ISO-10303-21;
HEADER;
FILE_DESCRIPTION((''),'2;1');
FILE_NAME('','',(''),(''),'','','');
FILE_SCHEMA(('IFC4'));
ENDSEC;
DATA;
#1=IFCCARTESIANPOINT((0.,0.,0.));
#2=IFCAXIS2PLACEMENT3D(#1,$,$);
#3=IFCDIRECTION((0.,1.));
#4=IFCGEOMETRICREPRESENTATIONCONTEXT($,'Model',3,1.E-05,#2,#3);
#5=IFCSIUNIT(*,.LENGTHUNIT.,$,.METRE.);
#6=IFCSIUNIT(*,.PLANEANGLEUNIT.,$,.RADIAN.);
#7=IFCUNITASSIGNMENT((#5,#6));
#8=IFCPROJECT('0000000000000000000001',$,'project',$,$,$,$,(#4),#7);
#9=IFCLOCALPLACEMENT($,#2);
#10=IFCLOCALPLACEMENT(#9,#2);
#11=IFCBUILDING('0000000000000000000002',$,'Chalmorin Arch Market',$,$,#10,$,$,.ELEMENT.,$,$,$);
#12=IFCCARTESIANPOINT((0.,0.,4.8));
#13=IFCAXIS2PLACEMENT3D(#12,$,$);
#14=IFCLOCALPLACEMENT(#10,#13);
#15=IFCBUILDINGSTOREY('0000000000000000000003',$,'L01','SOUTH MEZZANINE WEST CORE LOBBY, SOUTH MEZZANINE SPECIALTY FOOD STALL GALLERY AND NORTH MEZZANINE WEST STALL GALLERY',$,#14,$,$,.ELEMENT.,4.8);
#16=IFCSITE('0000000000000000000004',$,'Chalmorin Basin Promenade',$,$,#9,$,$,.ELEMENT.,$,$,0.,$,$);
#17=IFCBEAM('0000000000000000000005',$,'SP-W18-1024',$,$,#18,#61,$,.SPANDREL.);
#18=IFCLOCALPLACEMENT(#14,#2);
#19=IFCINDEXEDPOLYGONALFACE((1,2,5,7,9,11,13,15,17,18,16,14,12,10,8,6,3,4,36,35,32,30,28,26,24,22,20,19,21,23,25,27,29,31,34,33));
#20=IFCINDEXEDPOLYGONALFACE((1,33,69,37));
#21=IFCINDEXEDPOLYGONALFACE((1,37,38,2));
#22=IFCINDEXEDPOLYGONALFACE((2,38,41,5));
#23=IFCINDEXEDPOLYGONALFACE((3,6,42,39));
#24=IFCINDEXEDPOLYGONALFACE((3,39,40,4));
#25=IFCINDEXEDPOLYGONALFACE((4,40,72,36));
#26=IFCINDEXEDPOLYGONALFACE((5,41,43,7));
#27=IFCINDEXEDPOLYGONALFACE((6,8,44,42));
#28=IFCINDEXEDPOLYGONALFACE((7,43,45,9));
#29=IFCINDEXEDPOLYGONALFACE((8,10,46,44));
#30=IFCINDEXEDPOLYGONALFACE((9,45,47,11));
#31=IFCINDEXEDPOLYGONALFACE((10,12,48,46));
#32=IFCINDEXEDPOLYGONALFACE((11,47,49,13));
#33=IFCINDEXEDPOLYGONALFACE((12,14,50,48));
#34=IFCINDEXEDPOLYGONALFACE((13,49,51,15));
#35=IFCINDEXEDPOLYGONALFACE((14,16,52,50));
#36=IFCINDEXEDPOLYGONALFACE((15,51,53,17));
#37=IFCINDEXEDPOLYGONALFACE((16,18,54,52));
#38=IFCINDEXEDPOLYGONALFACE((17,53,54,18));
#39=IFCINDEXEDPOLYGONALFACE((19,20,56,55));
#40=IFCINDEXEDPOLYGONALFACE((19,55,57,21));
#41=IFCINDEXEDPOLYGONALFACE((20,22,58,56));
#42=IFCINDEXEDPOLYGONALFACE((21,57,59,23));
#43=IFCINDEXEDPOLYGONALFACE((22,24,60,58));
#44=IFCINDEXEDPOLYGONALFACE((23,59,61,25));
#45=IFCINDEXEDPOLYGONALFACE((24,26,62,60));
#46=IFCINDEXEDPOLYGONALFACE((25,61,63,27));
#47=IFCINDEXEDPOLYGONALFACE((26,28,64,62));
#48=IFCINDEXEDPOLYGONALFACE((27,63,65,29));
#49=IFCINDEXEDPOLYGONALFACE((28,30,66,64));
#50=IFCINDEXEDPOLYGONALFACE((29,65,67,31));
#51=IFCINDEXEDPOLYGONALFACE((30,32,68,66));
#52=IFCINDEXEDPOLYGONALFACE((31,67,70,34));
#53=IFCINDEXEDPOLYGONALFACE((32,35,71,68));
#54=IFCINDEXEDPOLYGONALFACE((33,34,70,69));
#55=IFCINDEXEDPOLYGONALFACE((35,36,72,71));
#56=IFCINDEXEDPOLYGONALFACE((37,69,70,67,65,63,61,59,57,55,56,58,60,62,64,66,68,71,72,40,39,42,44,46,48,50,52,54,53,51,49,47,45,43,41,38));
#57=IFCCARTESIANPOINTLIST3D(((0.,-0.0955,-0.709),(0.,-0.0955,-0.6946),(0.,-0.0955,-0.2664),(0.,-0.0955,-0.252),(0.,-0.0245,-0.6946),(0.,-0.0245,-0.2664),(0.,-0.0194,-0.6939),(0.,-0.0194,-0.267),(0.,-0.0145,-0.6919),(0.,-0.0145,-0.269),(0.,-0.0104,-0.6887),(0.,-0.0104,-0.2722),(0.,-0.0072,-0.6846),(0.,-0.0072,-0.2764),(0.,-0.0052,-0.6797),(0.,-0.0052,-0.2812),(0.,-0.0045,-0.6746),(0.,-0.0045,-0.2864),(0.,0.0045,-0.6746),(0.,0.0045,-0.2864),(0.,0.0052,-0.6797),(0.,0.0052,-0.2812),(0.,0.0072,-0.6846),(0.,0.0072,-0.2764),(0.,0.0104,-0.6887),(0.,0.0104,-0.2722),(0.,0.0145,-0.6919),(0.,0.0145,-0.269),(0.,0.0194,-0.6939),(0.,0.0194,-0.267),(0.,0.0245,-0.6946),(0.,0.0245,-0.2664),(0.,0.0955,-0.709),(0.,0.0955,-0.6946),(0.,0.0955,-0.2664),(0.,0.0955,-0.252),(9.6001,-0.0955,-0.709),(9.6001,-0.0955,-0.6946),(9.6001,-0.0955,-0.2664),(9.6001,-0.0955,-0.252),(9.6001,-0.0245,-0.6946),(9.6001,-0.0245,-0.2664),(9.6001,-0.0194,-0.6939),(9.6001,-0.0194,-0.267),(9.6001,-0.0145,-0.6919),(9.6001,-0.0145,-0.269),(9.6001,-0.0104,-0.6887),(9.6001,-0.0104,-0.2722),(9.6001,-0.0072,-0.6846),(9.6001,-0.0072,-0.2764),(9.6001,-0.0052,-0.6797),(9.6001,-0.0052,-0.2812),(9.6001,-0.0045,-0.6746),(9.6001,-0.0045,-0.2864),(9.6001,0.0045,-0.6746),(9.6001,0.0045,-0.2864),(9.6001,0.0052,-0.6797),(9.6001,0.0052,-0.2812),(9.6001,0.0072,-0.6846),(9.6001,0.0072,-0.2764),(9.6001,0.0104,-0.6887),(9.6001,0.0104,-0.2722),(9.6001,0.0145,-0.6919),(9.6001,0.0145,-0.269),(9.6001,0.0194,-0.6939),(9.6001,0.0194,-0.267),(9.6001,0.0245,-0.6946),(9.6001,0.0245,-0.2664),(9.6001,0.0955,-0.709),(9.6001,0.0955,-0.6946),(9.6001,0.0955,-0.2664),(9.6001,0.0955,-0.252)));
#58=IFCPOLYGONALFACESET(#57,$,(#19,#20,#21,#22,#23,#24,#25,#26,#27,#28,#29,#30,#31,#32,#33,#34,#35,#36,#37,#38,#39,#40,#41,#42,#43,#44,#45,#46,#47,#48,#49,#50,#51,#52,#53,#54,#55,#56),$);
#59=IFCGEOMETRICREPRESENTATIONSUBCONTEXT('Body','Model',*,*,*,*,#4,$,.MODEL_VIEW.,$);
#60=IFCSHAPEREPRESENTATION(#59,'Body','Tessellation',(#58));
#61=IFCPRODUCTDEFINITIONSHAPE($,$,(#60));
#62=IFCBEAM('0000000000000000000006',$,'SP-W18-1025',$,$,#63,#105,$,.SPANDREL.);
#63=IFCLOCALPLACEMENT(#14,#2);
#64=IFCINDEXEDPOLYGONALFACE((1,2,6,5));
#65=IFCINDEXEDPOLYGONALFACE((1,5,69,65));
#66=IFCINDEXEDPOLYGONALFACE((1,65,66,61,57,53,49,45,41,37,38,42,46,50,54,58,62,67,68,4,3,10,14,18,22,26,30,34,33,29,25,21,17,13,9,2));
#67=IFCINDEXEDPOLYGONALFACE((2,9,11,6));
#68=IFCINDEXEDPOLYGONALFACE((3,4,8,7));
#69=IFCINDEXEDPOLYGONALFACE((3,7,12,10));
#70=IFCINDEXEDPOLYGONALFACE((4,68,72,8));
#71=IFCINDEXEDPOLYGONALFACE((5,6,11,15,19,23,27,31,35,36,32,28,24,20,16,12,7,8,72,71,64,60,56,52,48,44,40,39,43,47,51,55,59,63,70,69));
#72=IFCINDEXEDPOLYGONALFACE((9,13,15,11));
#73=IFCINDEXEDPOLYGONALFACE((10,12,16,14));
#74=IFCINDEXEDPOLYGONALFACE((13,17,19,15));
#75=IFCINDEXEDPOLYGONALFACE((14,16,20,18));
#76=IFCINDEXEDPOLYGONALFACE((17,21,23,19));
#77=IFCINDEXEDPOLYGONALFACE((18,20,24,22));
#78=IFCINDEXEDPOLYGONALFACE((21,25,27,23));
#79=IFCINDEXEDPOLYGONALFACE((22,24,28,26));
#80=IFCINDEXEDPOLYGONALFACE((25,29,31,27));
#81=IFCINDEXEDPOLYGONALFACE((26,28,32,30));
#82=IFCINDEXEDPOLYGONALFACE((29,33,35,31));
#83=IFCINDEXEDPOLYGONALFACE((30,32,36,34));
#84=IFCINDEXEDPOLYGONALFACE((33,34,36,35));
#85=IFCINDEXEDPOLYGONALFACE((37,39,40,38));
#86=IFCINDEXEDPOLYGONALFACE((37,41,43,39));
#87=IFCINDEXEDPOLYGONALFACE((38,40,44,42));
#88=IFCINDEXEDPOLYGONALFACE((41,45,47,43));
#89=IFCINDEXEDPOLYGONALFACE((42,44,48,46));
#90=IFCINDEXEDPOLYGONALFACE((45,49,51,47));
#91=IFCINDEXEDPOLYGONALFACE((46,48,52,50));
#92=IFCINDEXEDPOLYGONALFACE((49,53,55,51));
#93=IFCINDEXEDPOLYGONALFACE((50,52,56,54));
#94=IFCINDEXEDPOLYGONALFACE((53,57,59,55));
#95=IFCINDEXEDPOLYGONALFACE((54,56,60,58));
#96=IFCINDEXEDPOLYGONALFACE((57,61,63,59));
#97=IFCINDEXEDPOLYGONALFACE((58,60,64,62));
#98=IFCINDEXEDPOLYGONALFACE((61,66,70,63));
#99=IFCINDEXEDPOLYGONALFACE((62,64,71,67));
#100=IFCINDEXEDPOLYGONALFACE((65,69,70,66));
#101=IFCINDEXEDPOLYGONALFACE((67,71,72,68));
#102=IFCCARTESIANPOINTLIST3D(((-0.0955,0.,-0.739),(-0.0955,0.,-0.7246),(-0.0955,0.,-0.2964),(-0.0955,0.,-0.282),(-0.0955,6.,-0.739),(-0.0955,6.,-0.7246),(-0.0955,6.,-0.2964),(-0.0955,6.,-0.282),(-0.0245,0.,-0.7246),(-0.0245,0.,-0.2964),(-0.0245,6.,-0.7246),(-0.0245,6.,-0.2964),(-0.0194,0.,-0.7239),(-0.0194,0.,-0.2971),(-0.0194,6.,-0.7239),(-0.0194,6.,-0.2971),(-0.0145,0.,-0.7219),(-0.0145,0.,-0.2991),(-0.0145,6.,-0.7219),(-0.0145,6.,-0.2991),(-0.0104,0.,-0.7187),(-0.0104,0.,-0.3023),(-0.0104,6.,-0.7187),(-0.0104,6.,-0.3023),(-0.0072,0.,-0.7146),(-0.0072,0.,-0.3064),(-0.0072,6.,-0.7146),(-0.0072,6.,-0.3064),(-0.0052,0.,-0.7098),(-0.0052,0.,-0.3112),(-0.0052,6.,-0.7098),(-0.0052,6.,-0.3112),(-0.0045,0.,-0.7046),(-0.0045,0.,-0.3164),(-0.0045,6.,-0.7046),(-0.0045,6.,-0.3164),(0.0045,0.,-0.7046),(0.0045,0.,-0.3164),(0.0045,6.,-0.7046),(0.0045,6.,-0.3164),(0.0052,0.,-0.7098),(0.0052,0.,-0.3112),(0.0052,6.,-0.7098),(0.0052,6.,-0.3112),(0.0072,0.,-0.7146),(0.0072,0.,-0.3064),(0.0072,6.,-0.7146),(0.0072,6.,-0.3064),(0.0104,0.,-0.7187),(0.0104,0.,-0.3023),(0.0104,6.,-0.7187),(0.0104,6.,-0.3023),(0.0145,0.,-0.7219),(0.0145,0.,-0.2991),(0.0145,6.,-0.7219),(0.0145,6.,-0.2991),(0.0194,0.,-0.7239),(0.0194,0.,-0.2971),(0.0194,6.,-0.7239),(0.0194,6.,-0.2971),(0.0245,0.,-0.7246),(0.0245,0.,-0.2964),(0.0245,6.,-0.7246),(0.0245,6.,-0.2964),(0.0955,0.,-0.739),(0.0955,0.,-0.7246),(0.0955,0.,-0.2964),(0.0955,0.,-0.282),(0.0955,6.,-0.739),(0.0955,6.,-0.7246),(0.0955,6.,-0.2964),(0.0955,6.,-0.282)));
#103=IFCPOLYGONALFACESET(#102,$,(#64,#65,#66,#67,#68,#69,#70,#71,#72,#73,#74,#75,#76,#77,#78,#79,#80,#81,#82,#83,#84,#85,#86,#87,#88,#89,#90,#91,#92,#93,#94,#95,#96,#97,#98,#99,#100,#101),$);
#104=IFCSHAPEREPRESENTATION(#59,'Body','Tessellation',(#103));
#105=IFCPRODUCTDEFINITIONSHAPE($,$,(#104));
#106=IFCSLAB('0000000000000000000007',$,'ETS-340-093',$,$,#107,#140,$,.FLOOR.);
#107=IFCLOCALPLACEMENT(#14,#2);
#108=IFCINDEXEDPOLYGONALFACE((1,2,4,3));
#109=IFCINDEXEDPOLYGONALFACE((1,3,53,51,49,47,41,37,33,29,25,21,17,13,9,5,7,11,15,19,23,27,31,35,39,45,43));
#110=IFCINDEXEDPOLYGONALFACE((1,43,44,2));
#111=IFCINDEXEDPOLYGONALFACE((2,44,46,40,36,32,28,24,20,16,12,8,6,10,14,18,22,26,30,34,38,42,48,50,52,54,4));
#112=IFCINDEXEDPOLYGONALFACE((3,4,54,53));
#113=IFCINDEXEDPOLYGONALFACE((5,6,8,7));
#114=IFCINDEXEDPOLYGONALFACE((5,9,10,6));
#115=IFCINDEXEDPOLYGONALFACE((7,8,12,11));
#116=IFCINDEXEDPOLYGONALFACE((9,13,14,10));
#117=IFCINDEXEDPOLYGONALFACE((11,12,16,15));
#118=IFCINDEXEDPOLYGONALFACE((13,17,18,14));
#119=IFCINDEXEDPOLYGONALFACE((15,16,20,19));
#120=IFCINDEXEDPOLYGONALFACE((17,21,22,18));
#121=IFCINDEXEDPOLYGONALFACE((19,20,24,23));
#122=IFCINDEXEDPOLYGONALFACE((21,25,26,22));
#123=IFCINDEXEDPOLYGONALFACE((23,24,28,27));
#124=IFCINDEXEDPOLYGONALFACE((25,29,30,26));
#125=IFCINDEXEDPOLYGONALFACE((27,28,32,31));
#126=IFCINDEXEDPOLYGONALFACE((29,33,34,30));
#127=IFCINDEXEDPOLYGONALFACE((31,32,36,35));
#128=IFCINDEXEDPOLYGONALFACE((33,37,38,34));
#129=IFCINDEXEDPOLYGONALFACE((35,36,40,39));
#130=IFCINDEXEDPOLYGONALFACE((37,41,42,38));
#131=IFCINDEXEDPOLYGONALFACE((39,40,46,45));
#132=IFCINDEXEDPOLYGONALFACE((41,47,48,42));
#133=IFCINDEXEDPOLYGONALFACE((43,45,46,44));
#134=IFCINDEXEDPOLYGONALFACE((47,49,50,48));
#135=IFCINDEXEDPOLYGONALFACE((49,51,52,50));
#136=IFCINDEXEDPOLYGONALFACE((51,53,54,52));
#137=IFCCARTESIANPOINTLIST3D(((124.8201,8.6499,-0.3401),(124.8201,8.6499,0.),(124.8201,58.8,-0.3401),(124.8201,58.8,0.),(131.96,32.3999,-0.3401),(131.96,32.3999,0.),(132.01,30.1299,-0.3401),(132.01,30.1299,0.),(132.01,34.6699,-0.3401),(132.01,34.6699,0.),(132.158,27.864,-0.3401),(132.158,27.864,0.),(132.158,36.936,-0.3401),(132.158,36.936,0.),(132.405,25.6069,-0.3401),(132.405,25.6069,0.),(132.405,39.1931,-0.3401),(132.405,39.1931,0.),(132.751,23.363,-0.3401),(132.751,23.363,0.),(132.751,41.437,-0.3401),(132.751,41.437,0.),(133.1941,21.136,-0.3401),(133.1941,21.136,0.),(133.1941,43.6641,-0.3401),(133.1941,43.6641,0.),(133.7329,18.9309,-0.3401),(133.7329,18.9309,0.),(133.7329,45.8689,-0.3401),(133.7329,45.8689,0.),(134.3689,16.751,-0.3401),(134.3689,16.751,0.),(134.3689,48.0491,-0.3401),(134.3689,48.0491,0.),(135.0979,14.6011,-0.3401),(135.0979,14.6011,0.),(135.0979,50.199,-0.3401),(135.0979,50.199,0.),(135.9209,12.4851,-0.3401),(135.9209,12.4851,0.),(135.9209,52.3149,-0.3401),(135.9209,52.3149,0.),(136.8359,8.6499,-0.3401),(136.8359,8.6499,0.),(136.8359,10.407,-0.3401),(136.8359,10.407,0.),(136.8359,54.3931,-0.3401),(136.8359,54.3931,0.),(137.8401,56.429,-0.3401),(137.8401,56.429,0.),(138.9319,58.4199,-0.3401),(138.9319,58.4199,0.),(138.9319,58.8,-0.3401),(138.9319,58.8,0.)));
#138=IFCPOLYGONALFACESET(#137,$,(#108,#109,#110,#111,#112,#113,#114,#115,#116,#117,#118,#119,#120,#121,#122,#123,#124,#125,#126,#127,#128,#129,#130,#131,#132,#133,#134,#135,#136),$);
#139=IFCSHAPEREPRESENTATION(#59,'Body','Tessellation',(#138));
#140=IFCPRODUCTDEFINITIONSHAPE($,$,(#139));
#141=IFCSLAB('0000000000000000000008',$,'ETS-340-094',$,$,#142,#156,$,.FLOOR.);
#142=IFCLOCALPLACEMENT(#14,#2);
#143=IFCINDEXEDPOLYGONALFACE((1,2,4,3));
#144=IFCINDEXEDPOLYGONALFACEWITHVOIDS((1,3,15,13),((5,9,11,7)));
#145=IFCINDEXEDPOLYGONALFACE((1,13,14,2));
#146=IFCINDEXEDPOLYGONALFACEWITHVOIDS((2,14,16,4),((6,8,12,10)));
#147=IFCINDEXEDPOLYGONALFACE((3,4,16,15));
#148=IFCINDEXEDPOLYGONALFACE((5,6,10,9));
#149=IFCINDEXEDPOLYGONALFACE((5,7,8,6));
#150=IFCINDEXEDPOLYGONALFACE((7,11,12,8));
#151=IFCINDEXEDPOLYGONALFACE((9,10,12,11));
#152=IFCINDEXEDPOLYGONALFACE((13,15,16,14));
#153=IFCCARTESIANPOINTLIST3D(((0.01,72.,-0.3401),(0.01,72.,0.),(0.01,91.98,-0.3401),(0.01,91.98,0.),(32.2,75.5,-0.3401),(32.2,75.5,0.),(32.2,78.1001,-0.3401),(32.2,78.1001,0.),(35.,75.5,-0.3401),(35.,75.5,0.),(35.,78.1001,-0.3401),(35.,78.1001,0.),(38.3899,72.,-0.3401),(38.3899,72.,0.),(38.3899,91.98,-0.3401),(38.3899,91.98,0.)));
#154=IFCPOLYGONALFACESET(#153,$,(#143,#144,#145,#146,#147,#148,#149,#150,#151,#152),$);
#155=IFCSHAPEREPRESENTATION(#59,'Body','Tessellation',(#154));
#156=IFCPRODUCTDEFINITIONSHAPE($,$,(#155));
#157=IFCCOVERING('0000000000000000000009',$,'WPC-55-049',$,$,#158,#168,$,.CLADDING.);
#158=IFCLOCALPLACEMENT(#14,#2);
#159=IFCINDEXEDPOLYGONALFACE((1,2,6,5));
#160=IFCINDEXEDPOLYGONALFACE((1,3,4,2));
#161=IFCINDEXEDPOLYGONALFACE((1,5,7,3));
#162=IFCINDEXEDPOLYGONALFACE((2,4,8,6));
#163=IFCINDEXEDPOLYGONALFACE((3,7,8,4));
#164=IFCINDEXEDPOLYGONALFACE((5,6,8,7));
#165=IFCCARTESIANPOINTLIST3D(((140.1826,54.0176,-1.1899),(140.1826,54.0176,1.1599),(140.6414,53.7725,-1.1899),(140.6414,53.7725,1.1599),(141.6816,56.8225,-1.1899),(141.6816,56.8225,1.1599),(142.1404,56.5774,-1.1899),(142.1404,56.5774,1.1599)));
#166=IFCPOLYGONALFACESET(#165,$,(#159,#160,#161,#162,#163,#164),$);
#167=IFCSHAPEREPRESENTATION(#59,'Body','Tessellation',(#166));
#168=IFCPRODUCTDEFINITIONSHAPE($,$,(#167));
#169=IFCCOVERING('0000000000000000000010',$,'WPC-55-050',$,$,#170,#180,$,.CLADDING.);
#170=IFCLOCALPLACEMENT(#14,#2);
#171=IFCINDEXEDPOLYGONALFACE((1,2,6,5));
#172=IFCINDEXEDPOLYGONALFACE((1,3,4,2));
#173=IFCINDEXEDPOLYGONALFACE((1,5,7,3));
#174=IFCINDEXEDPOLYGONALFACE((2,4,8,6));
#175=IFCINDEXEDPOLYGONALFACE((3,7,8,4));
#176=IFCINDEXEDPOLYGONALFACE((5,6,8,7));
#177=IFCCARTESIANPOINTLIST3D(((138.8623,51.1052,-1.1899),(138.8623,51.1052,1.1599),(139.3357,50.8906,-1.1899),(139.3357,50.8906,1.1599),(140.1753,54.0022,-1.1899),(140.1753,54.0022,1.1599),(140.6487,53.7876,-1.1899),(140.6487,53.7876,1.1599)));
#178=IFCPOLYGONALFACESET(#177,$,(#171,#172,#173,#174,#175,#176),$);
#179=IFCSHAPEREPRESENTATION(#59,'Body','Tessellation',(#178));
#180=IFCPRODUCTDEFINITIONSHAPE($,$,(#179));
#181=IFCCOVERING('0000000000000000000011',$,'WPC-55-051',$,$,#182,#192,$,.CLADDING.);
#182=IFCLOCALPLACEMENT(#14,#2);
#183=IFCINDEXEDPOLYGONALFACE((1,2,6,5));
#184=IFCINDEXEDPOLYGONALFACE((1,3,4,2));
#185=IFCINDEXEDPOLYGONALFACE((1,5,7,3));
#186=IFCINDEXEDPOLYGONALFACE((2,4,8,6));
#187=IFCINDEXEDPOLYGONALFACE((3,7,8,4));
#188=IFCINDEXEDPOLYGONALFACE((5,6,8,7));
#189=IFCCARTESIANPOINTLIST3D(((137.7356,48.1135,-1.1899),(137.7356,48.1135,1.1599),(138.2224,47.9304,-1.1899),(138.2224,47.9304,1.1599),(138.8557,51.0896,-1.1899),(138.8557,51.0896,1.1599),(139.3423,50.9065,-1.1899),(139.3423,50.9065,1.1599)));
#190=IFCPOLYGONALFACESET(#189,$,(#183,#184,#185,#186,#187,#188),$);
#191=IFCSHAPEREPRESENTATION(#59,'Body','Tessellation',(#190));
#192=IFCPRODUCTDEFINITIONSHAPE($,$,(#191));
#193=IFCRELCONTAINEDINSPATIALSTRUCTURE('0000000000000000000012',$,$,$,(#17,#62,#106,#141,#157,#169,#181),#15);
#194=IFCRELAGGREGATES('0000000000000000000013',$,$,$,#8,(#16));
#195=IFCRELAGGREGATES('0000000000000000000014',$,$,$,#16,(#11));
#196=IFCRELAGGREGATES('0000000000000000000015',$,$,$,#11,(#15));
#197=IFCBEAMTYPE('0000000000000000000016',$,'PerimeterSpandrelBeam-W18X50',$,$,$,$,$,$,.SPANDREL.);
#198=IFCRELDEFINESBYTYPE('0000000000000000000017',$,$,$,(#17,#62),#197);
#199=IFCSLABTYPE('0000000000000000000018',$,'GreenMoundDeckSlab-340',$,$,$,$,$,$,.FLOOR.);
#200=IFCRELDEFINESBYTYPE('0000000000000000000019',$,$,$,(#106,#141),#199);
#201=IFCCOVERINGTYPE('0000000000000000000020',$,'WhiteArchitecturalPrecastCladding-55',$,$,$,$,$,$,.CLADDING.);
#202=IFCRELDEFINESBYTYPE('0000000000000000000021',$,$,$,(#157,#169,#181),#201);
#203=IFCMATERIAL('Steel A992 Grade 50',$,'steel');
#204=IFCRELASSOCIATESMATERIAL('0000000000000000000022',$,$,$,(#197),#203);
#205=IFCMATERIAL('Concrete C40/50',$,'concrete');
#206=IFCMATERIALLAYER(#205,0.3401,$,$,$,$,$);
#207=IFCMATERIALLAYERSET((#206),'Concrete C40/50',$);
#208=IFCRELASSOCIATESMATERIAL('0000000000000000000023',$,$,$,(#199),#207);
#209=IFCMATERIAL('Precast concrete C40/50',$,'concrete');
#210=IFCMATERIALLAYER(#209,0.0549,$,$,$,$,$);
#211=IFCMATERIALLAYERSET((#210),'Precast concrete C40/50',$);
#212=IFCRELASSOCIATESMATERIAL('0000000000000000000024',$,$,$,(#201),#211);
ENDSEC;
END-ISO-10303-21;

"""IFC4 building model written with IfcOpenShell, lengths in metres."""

from ifc_helpers import new_model, si_unit, direction, frame, origin, origin_2d, place, context, subcontext, project, spatial, polyline, i_section, outline, extrude, material, layer, layer_set, material_profile, profile_set, type_object, element, save


model = new_model("IFC4")

# Units and contexts
model_context = context("Model", 3, precision=1e-05, world=origin(), true_north=direction((0.0, 1.0)))
body_context = subcontext(model_context, "Body", "Model", "MODEL_VIEW")
ifc_project = project(units=[si_unit("LENGTHUNIT", "METRE"), si_unit("PLANEANGLEUNIT", "RADIAN")], contexts=[model_context])

# Site, building, storey
site_placement = place(None, origin())
site = spatial("IfcSite", under=ifc_project, at=site_placement, Name="Chalmorin Basin Promenade", CompositionType="ELEMENT", RefElevation=0.0)
building_placement = place(site_placement, origin())
building = spatial("IfcBuilding", under=site, at=building_placement, Name="Chalmorin Arch Market", CompositionType="ELEMENT")
storey_placement = place(building_placement, frame((0.0, 0.0, 4.8)))
storey = spatial("IfcBuildingStorey", under=building, at=storey_placement, Name="L01", Description="SOUTH MEZZANINE WEST CORE LOBBY, SOUTH MEZZANINE SPECIALTY FOOD STALL GALLERY AND NORTH MEZZANINE WEST STALL GALLERY", CompositionType="ELEMENT", Elevation=4.8)

# Beams
ifc_material_1 = material(Name="Steel A992 Grade 50", Category="steel")
ifc_material_profile = material_profile(ifc_material_1, i_section(OverallWidth=0.1909, OverallDepth=0.457, WebThickness=0.009, FlangeThickness=0.0144, FilletRadius=0.02, at=origin_2d()), Name="W18X50")
ifc_profile_set = profile_set([ifc_material_profile], Name="Steel A992 Grade 50")
beam_type = type_object("IfcBeamType", Name="PerimeterSpandrelBeam-W18X50", PredefinedType="SPANDREL", material=ifc_profile_set)
beam_1_placement = place(storey_placement, frame((0.0, 0.0, -0.4805), z_axis=(1.0, 0.0, 0.0), x_axis=(0.0, 1.0, 0.0)))
element("IfcBeam", 1, at=beam_1_placement, inside=storey, type_object=beam_type, Name="SP-W18-1024", PredefinedType="SPANDREL", context=body_context, shape_type="SweptSolid", body=[
    extrude(i_section(OverallWidth=0.1909, OverallDepth=0.457, WebThickness=0.009, FlangeThickness=0.0144, FilletRadius=0.02, at=origin_2d()), origin(), (0.0, 0.0, 1.0), 9.6001),
])
beam_2_placement = place(storey_placement, frame((0.0, 0.0, -0.5105), z_axis=(0.0, 1.0, 0.0), x_axis=(-1.0, 0.0, 0.0)))
element("IfcBeam", 2, at=beam_2_placement, inside=storey, type_object=beam_type, Name="SP-W18-1025", PredefinedType="SPANDREL", context=body_context, shape_type="SweptSolid", body=[
    extrude(i_section(OverallWidth=0.1909, OverallDepth=0.457, WebThickness=0.009, FlangeThickness=0.0144, FilletRadius=0.02, at=origin_2d()), origin(), (0.0, 0.0, 1.0), 6.0),
])

# Slabs
ifc_material_2 = material(Name="Concrete C40/50", Category="concrete")
ifc_layer_1 = layer(ifc_material_2, 0.3401)
ifc_layer_set_1 = layer_set([ifc_layer_1], Name="Concrete C40/50")
slab_type = type_object("IfcSlabType", Name="GreenMoundDeckSlab-340", PredefinedType="FLOOR", material=ifc_layer_set_1)
slab_1_placement = place(storey_placement, frame((0.0, 0.0, -0.3401)))
element("IfcSlab", 3, at=slab_1_placement, inside=storey, type_object=slab_type, Name="ETS-340-093", PredefinedType="FLOOR", context=body_context, shape_type="SweptSolid", body=[
    extrude(outline(polyline([(124.8201, 58.8), (138.9319, 58.8), (138.9319, 58.4199), (137.8401, 56.429), (136.8359, 54.3931), (135.9209, 52.3149), (135.0979, 50.199), (134.3689, 48.0491), (133.7329, 45.8689), (133.1941, 43.6641), (132.751, 41.437), (132.405, 39.1931), (132.158, 36.936), (132.01, 34.6699), (131.96, 32.3999), (132.01, 30.1299), (132.158, 27.864), (132.405, 25.6069), (132.751, 23.363), (133.1941, 21.136), (133.7329, 18.9309), (134.3689, 16.751), (135.0979, 14.6011), (135.9209, 12.4851), (136.8359, 10.407), (136.8359, 8.6499), (124.8201, 8.6499), (124.8201, 58.8)])), origin(), (0.0, 0.0, 1.0), 0.3401),
])
slab_2_placement = place(storey_placement, frame((0.0, 0.0, -0.3401)))
element("IfcSlab", 4, at=slab_2_placement, inside=storey, type_object=slab_type, Name="ETS-340-094", PredefinedType="FLOOR", context=body_context, shape_type="SweptSolid", body=[
    extrude(outline(polyline([(0.01, 72.0), (38.3899, 72.0), (38.3899, 91.98), (0.01, 91.98), (0.01, 72.0)]), holes=[polyline([(32.2, 75.5), (35.0, 75.5), (35.0, 78.1001), (32.2, 78.1001), (32.2, 75.5)])]), origin(), (0.0, 0.0, 1.0), 0.3401),
])

# Coverings
ifc_material_3 = material(Name="Precast concrete C40/50", Category="concrete")
ifc_layer_2 = layer(ifc_material_3, 0.0549)
ifc_layer_set_2 = layer_set([ifc_layer_2], Name="Precast concrete C40/50")
covering_type = type_object("IfcCoveringType", Name="WhiteArchitecturalPrecastCladding-55", PredefinedType="CLADDING", material=ifc_layer_set_2)
covering_1_placement = place(storey_placement, frame((0.0, 0.0, -1.1899)))
element("IfcCovering", 5, at=covering_1_placement, inside=storey, type_object=covering_type, Name="WPC-55-049", PredefinedType="CLADDING", context=body_context, shape_type="SweptSolid", body=[
    extrude(outline(polyline([(141.6816, 56.8225), (140.1826, 54.0176), (140.6414, 53.7725), (142.1404, 56.5774), (141.6816, 56.8225)])), origin(), (0.0, 0.0, 1.0), 2.3499),
])
covering_2_placement = place(storey_placement, frame((0.0, 0.0, -1.1899)))
element("IfcCovering", 6, at=covering_2_placement, inside=storey, type_object=covering_type, Name="WPC-55-050", PredefinedType="CLADDING", context=body_context, shape_type="SweptSolid", body=[
    extrude(outline(polyline([(140.1753, 54.0022), (138.8623, 51.1052), (139.3357, 50.8906), (140.6487, 53.7876), (140.1753, 54.0022)])), origin(), (0.0, 0.0, 1.0), 2.3499),
])
covering_3_placement = place(storey_placement, frame((0.0, 0.0, -1.1899)))
element("IfcCovering", 7, at=covering_3_placement, inside=storey, type_object=covering_type, Name="WPC-55-051", PredefinedType="CLADDING", context=body_context, shape_type="SweptSolid", body=[
    extrude(outline(polyline([(138.8557, 51.0896), (137.7356, 48.1135), (138.2224, 47.9304), (139.3423, 50.9065), (138.8557, 51.0896)])), origin(), (0.0, 0.0, 1.0), 2.3499),
])

save(model, "model.ifc")
